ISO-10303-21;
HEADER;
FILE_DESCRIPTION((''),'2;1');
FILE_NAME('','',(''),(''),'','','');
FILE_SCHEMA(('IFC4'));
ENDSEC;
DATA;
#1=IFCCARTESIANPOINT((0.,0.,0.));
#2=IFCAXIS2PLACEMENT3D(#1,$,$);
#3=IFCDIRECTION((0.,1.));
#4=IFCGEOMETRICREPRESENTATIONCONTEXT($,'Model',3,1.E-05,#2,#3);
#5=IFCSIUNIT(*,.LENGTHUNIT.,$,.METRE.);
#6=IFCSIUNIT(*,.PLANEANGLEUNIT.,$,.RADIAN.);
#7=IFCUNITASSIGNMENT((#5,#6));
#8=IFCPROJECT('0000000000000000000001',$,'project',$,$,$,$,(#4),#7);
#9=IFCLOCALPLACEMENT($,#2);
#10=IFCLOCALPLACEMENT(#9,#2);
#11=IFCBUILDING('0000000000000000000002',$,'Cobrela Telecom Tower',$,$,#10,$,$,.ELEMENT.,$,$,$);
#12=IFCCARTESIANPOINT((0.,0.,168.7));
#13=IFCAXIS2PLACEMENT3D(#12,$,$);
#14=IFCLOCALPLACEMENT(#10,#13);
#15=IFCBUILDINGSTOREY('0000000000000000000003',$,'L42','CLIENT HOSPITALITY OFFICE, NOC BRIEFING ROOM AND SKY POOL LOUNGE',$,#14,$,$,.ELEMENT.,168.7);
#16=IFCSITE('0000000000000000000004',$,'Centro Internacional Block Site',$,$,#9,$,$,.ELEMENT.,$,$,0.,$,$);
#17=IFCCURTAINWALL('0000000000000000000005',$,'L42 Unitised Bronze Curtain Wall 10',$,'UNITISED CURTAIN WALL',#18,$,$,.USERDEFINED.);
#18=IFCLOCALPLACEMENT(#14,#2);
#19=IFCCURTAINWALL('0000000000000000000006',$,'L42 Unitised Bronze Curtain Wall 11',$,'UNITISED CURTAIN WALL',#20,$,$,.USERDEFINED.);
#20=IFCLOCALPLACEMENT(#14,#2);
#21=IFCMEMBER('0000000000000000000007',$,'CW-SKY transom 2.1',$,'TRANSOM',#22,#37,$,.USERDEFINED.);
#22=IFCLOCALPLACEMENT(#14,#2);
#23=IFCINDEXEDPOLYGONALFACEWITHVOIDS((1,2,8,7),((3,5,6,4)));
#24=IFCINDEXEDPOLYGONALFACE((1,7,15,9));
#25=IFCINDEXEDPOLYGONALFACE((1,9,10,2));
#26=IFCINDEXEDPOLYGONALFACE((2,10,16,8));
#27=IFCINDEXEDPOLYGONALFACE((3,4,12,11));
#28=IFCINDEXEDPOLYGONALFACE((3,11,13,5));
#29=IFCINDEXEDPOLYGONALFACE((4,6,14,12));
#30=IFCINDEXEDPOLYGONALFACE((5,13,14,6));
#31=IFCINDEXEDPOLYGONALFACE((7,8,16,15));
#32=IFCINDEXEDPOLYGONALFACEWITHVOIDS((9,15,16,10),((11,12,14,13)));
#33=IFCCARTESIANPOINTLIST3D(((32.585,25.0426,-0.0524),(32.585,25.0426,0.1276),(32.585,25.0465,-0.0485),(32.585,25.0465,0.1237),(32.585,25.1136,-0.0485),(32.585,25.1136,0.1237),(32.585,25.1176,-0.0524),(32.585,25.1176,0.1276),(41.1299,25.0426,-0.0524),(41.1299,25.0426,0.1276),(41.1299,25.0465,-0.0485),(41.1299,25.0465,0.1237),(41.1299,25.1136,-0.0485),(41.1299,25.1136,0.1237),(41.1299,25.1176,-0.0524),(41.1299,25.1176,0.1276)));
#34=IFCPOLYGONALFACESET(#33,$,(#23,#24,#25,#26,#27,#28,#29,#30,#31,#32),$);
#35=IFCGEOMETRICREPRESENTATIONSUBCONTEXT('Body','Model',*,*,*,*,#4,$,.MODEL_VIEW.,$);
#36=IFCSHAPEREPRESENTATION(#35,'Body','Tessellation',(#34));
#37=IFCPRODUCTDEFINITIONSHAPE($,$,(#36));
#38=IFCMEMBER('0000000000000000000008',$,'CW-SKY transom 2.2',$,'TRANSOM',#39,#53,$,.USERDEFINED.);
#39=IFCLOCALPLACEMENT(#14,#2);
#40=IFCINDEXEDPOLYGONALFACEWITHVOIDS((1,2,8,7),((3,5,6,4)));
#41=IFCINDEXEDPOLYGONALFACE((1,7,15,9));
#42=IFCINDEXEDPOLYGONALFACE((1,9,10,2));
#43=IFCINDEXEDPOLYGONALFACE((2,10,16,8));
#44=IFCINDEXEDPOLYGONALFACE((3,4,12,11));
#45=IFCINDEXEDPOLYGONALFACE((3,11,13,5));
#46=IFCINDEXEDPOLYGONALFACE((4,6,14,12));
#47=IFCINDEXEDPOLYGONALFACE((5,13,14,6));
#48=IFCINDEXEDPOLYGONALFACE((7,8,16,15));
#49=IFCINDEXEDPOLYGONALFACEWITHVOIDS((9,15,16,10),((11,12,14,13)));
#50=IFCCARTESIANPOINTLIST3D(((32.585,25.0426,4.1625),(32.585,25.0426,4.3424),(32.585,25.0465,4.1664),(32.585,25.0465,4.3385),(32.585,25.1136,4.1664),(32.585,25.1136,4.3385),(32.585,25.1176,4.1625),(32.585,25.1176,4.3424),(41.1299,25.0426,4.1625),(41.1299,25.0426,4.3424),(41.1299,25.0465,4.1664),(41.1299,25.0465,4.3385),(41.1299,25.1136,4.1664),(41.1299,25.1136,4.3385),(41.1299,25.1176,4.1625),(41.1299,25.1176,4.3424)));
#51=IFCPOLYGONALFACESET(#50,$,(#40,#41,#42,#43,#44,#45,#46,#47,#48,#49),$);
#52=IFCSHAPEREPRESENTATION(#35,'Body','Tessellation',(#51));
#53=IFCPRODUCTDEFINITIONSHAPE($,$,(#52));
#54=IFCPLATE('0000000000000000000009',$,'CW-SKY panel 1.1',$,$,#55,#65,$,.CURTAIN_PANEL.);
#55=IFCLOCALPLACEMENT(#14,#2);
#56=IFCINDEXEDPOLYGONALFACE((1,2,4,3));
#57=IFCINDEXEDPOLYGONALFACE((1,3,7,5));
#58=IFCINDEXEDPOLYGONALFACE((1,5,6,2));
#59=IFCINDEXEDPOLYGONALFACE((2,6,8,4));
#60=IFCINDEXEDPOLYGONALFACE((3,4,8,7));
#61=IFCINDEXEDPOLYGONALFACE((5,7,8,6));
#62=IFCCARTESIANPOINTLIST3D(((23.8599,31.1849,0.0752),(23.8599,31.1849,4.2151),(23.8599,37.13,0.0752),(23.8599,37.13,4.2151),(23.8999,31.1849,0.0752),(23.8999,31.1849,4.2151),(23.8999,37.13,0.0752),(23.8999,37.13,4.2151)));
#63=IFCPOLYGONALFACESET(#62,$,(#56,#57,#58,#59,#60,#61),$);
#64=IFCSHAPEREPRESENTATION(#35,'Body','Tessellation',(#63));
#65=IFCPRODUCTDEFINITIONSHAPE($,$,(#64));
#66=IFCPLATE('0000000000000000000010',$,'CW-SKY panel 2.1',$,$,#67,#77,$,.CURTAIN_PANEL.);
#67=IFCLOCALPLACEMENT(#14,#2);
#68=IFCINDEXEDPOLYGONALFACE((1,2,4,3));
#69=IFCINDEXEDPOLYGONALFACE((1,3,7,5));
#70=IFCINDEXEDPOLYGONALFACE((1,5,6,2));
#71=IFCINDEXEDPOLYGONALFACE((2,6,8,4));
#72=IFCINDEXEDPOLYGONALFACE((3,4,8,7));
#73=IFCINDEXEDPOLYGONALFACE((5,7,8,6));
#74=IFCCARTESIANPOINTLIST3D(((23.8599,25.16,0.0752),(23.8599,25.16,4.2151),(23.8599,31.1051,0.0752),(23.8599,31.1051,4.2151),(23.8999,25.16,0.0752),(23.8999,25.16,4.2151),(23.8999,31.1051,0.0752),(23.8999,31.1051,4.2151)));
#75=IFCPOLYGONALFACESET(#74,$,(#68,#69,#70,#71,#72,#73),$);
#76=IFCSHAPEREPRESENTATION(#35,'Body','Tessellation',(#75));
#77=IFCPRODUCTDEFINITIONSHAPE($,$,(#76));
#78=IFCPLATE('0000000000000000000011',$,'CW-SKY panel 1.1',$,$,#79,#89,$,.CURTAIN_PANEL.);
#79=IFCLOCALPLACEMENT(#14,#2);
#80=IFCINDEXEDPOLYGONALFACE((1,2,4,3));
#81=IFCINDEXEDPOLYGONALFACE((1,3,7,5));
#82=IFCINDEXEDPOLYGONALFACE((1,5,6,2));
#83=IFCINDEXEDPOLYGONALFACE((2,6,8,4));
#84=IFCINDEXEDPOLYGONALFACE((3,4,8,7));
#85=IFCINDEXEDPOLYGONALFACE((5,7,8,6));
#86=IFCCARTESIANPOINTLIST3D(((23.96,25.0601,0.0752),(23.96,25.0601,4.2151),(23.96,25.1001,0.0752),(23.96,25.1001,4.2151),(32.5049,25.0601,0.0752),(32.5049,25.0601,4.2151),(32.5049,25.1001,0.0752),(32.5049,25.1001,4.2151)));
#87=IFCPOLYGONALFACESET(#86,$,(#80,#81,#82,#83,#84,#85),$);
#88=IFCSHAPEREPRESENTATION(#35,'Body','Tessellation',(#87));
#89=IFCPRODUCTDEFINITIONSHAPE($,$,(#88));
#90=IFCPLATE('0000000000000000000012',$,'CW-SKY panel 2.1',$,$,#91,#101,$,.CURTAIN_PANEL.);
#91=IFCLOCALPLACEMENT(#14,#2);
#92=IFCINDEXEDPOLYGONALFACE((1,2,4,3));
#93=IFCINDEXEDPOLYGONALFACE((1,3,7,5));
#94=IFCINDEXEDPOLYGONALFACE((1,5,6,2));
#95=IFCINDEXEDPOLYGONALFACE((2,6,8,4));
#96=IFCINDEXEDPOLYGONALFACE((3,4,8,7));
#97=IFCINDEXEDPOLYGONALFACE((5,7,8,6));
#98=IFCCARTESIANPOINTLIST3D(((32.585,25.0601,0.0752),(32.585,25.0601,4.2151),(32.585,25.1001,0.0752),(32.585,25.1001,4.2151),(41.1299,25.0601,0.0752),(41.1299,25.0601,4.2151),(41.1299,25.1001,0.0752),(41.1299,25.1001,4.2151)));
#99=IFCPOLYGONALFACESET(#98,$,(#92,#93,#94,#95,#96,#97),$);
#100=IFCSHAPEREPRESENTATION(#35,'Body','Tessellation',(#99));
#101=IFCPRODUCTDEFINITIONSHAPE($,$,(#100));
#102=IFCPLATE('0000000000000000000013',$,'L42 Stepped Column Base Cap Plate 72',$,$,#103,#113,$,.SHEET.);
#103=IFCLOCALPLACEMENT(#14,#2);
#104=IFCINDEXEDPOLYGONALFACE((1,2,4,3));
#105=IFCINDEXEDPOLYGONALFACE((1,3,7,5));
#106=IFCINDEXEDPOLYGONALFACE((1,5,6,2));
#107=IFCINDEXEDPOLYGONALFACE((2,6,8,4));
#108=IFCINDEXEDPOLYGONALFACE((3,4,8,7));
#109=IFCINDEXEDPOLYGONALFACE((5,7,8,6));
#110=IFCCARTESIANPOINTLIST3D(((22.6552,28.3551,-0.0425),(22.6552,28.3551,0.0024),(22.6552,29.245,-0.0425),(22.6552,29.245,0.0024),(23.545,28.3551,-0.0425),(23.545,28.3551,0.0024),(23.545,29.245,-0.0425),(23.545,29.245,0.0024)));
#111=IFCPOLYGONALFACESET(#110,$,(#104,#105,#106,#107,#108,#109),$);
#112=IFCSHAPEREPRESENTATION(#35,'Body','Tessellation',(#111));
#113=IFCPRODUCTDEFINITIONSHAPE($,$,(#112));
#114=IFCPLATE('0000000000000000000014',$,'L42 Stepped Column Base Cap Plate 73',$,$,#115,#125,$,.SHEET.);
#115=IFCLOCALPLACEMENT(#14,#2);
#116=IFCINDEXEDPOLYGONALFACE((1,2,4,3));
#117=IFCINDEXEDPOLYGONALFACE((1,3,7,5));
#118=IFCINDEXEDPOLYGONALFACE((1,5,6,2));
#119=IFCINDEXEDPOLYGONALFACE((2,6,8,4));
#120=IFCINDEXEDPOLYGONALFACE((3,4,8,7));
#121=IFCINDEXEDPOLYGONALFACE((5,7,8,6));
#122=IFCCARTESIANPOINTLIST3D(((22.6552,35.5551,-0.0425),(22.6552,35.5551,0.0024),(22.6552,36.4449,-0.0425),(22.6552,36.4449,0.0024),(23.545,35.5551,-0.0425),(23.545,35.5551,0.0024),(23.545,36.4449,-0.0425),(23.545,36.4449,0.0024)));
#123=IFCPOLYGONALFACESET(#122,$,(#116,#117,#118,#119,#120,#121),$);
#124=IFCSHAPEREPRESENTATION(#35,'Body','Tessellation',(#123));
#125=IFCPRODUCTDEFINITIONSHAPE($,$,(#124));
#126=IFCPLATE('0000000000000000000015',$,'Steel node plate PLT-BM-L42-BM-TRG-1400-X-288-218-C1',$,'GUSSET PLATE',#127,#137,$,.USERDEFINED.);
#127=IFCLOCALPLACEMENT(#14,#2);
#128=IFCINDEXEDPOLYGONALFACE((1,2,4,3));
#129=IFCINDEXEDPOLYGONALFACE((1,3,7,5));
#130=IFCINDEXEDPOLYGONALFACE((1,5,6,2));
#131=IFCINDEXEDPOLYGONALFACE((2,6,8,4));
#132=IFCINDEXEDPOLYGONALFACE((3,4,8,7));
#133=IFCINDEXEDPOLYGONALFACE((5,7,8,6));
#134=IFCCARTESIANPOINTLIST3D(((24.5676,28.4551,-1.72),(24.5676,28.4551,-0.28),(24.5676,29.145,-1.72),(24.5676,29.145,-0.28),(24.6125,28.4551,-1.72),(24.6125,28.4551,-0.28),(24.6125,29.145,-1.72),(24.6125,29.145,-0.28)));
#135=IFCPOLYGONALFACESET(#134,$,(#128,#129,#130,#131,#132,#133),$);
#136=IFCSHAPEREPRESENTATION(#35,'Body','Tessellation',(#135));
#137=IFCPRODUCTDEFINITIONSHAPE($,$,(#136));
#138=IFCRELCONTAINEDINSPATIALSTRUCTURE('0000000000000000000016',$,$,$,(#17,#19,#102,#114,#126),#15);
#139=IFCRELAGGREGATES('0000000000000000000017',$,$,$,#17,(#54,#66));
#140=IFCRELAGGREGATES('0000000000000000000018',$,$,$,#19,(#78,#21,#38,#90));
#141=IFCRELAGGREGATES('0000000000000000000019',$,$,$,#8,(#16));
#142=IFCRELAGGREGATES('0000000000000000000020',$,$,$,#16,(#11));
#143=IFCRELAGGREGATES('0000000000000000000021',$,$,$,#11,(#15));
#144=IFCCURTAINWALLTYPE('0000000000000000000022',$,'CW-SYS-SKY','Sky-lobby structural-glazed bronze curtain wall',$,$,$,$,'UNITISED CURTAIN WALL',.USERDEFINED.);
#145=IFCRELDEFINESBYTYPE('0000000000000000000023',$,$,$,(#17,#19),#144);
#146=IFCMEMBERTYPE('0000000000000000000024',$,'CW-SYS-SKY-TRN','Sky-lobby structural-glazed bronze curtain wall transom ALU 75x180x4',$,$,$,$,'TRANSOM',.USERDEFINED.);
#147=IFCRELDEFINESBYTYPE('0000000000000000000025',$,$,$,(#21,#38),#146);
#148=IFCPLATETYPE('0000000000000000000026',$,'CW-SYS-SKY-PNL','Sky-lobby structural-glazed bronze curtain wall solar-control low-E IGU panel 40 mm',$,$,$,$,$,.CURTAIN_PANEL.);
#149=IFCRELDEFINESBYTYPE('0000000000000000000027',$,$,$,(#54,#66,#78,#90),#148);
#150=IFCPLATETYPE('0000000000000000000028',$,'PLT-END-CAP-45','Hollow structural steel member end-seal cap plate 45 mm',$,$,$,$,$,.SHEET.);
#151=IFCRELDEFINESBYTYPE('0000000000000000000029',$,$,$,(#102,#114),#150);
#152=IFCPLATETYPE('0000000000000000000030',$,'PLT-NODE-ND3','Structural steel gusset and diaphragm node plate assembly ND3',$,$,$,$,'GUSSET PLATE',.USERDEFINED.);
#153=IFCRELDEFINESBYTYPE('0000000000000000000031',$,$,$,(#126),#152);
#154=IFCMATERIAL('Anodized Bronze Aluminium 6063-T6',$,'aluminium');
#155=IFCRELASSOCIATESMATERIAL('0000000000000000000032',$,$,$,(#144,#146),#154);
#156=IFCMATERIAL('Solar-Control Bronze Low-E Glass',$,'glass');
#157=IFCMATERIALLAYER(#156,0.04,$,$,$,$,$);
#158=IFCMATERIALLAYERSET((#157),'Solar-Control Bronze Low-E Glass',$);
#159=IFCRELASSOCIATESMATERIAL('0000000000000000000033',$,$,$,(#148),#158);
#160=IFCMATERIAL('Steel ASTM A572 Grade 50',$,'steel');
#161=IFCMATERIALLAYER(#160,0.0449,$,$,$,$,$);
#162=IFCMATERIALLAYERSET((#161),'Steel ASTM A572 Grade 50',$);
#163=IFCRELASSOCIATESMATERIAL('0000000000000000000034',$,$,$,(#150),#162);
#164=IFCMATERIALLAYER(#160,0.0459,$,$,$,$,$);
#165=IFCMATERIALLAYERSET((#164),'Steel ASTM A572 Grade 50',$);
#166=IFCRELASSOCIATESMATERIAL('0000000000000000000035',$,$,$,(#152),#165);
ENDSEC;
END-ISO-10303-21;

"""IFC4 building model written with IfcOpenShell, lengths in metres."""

from ifc_helpers import new_model, si_unit, direction, frame, origin, origin_2d, place, context, subcontext, project, spatial, rectangle, hollow_rectangle, extrude, material, layer, layer_set, material_profile, profile_set, type_object, element, aggregate, save


model = new_model("IFC4")

# Units and contexts
model_context = context("Model", 3, precision=1e-05, world=origin(), true_north=direction((0.0, 1.0)))
body_context = subcontext(model_context, "Body", "Model", "MODEL_VIEW")
ifc_project = project(units=[si_unit("LENGTHUNIT", "METRE"), si_unit("PLANEANGLEUNIT", "RADIAN")], contexts=[model_context])

# Site, building, storey
site_placement = place(None, origin())
site = spatial("IfcSite", under=ifc_project, at=site_placement, Name="Centro Internacional Block Site", CompositionType="ELEMENT", RefElevation=0.0)
building_placement = place(site_placement, origin())
building = spatial("IfcBuilding", under=site, at=building_placement, Name="Cobrela Telecom Tower", CompositionType="ELEMENT")
storey_placement = place(building_placement, frame((0.0, 0.0, 168.7)))
storey = spatial("IfcBuildingStorey", under=building, at=storey_placement, Name="L42", Description="CLIENT HOSPITALITY OFFICE, NOC BRIEFING ROOM AND SKY POOL LOUNGE", CompositionType="ELEMENT", Elevation=168.7)

# Shared definitions
ifc_material_1 = material(Name="Steel ASTM A572 Grade 50", Category="steel")

# Curtain wall
ifc_material_2 = material(Name="Anodized Bronze Aluminium 6063-T6", Category="aluminium")
curtain_wall_type = type_object("IfcCurtainWallType", Name="CW-SYS-SKY", Description="Sky-lobby structural-glazed bronze curtain wall", ElementType="UNITISED CURTAIN WALL", PredefinedType="USERDEFINED", material=ifc_material_2)
curtain_wall_1_placement = place(storey_placement, origin())
curtain_wall_1 = element("IfcCurtainWall", 1, at=curtain_wall_1_placement, inside=storey, type_object=curtain_wall_type, Name="L42 Unitised Bronze Curtain Wall 10", ObjectType="UNITISED CURTAIN WALL", PredefinedType="USERDEFINED")

# Curtain wall
curtain_wall_2_placement = place(storey_placement, origin())
curtain_wall_2 = element("IfcCurtainWall", 2, at=curtain_wall_2_placement, inside=storey, type_object=curtain_wall_type, Name="L42 Unitised Bronze Curtain Wall 11", ObjectType="UNITISED CURTAIN WALL", PredefinedType="USERDEFINED")

# Members
ifc_material_profile_1 = material_profile(ifc_material_2, hollow_rectangle(XDim=0.075, YDim=0.1799, WallThickness=0.0039, at=origin_2d()), Name="ALU 75x180x4")
ifc_profile_set_1 = profile_set([ifc_material_profile_1], Name="Anodized Bronze Aluminium 6063-T6")
member_type_1 = type_object("IfcMemberType", Name="CW-SYS-SKY-TRN", Description="Sky-lobby structural-glazed bronze curtain wall transom ALU 75x180x4", ElementType="TRANSOM", PredefinedType="USERDEFINED", material=ifc_profile_set_1)
member_1_placement = place(storey_placement, frame((32.585, 25.0801, 0.0376), z_axis=(1.0, 0.0, 0.0), x_axis=(0.0, 1.0, 0.0)))
member_1 = element("IfcMember", 3, at=member_1_placement, type_object=member_type_1, Name="CW-SKY transom 2.1", ObjectType="TRANSOM", PredefinedType="USERDEFINED", context=body_context, shape_type="SweptSolid", body=[
    extrude(hollow_rectangle(XDim=0.075, YDim=0.1799, WallThickness=0.0039, at=origin_2d()), origin(), (0.0, 0.0, 1.0), 8.5449),
])
member_2_placement = place(storey_placement, frame((32.585, 25.0801, 4.2524), z_axis=(1.0, 0.0, 0.0), x_axis=(0.0, 1.0, 0.0)))
member_2 = element("IfcMember", 4, at=member_2_placement, type_object=member_type_1, Name="CW-SKY transom 2.2", ObjectType="TRANSOM", PredefinedType="USERDEFINED", context=body_context, shape_type="SweptSolid", body=[
    extrude(hollow_rectangle(XDim=0.075, YDim=0.1799, WallThickness=0.0039, at=origin_2d()), origin(), (0.0, 0.0, 1.0), 8.5449),
])

# Plates
ifc_material_3 = material(Name="Solar-Control Bronze Low-E Glass", Category="glass")
ifc_layer_1 = layer(ifc_material_3, 0.04)
ifc_layer_set_1 = layer_set([ifc_layer_1], Name="Solar-Control Bronze Low-E Glass")
plate_type_1 = type_object("IfcPlateType", Name="CW-SYS-SKY-PNL", Description="Sky-lobby structural-glazed bronze curtain wall solar-control low-E IGU panel 40 mm", PredefinedType="CURTAIN_PANEL", material=ifc_layer_set_1)
plate_1_placement = place(storey_placement, frame((23.8799, 34.1575, 0.0752), z_axis=(0.0, 0.0, 1.0), x_axis=(0.0, -1.0, 0.0)))
plate_1 = element("IfcPlate", 5, at=plate_1_placement, type_object=plate_type_1, Name="CW-SKY panel 1.1", PredefinedType="CURTAIN_PANEL", context=body_context, shape_type="SweptSolid", body=[
    extrude(rectangle(XDim=5.9451, YDim=0.04, at=origin_2d()), origin(), (0.0, 0.0, 1.0), 4.1399),
])
plate_2_placement = place(storey_placement, frame((23.8799, 28.1326, 0.0752), z_axis=(0.0, 0.0, 1.0), x_axis=(0.0, -1.0, 0.0)))
plate_2 = element("IfcPlate", 6, at=plate_2_placement, type_object=plate_type_1, Name="CW-SKY panel 2.1", PredefinedType="CURTAIN_PANEL", context=body_context, shape_type="SweptSolid", body=[
    extrude(rectangle(XDim=5.9451, YDim=0.04, at=origin_2d()), origin(), (0.0, 0.0, 1.0), 4.1399),
])
aggregate(curtain_wall_1, [plate_1, plate_2])
plate_3_placement = place(storey_placement, frame((28.2324, 25.0801, 0.0752), z_axis=(0.0, 0.0, 1.0), x_axis=(1.0, 0.0, 0.0)))
plate_3 = element("IfcPlate", 7, at=plate_3_placement, type_object=plate_type_1, Name="CW-SKY panel 1.1", PredefinedType="CURTAIN_PANEL", context=body_context, shape_type="SweptSolid", body=[
    extrude(rectangle(XDim=8.5449, YDim=0.04, at=origin_2d()), origin(), (0.0, 0.0, 1.0), 4.1399),
])
plate_4_placement = place(storey_placement, frame((36.8574, 25.0801, 0.0752), z_axis=(0.0, 0.0, 1.0), x_axis=(1.0, 0.0, 0.0)))
plate_4 = element("IfcPlate", 8, at=plate_4_placement, type_object=plate_type_1, Name="CW-SKY panel 2.1", PredefinedType="CURTAIN_PANEL", context=body_context, shape_type="SweptSolid", body=[
    extrude(rectangle(XDim=8.5449, YDim=0.04, at=origin_2d()), origin(), (0.0, 0.0, 1.0), 4.1399),
])
aggregate(curtain_wall_2, [plate_3, member_1, member_2, plate_4])

# Plates
ifc_layer_2 = layer(ifc_material_1, 0.0449)
ifc_layer_set_2 = layer_set([ifc_layer_2], Name="Steel ASTM A572 Grade 50")
plate_type_2 = type_object("IfcPlateType", Name="PLT-END-CAP-45", Description="Hollow structural steel member end-seal cap plate 45 mm", PredefinedType="SHEET", material=ifc_layer_set_2)
for number, where, z_axis, x_axis, name in (
    (9, (23.1001, 28.8, -0.0425), (0.0, 0.0, 1.0), (1.0, 0.0, 0.0), "L42 Stepped Column Base Cap Plate 72"),
    (10, (23.1001, 36.0, -0.0425), (0.0, 0.0, 1.0), (1.0, 0.0, 0.0), "L42 Stepped Column Base Cap Plate 73"),
):
    element("IfcPlate", number, at=place(storey_placement, frame(where, z_axis=z_axis, x_axis=x_axis)), inside=storey, type_object=plate_type_2, Name=name, PredefinedType="SHEET", context=body_context, shape_type="SweptSolid", body=[
        extrude(rectangle(XDim=0.8899, YDim=0.8899, at=origin_2d()), origin(), (0.0, 0.0, 1.0), 0.0449),
    ])
ifc_layer_3 = layer(ifc_material_1, 0.0459)
ifc_layer_set_3 = layer_set([ifc_layer_3], Name="Steel ASTM A572 Grade 50")
plate_type_3 = type_object("IfcPlateType", Name="PLT-NODE-ND3", Description="Structural steel gusset and diaphragm node plate assembly ND3", ElementType="GUSSET PLATE", PredefinedType="USERDEFINED", material=ifc_layer_set_3)
plate_5_placement = place(storey_placement, frame((24.5901, 28.8, -1.72), z_axis=(0.0, 0.0, 1.0), x_axis=(1.0, 0.0, 0.0)))
element("IfcPlate", 11, at=plate_5_placement, inside=storey, type_object=plate_type_3, Name="Steel node plate PLT-BM-L42-BM-TRG-1400-X-288-218-C1", ObjectType="GUSSET PLATE", PredefinedType="USERDEFINED", context=body_context, shape_type="SweptSolid", body=[
    extrude(rectangle(XDim=0.0449, YDim=0.6899, at=origin_2d()), origin(), (0.0, 0.0, 1.0), 1.4399),
])

save(model, "model.ifc")
